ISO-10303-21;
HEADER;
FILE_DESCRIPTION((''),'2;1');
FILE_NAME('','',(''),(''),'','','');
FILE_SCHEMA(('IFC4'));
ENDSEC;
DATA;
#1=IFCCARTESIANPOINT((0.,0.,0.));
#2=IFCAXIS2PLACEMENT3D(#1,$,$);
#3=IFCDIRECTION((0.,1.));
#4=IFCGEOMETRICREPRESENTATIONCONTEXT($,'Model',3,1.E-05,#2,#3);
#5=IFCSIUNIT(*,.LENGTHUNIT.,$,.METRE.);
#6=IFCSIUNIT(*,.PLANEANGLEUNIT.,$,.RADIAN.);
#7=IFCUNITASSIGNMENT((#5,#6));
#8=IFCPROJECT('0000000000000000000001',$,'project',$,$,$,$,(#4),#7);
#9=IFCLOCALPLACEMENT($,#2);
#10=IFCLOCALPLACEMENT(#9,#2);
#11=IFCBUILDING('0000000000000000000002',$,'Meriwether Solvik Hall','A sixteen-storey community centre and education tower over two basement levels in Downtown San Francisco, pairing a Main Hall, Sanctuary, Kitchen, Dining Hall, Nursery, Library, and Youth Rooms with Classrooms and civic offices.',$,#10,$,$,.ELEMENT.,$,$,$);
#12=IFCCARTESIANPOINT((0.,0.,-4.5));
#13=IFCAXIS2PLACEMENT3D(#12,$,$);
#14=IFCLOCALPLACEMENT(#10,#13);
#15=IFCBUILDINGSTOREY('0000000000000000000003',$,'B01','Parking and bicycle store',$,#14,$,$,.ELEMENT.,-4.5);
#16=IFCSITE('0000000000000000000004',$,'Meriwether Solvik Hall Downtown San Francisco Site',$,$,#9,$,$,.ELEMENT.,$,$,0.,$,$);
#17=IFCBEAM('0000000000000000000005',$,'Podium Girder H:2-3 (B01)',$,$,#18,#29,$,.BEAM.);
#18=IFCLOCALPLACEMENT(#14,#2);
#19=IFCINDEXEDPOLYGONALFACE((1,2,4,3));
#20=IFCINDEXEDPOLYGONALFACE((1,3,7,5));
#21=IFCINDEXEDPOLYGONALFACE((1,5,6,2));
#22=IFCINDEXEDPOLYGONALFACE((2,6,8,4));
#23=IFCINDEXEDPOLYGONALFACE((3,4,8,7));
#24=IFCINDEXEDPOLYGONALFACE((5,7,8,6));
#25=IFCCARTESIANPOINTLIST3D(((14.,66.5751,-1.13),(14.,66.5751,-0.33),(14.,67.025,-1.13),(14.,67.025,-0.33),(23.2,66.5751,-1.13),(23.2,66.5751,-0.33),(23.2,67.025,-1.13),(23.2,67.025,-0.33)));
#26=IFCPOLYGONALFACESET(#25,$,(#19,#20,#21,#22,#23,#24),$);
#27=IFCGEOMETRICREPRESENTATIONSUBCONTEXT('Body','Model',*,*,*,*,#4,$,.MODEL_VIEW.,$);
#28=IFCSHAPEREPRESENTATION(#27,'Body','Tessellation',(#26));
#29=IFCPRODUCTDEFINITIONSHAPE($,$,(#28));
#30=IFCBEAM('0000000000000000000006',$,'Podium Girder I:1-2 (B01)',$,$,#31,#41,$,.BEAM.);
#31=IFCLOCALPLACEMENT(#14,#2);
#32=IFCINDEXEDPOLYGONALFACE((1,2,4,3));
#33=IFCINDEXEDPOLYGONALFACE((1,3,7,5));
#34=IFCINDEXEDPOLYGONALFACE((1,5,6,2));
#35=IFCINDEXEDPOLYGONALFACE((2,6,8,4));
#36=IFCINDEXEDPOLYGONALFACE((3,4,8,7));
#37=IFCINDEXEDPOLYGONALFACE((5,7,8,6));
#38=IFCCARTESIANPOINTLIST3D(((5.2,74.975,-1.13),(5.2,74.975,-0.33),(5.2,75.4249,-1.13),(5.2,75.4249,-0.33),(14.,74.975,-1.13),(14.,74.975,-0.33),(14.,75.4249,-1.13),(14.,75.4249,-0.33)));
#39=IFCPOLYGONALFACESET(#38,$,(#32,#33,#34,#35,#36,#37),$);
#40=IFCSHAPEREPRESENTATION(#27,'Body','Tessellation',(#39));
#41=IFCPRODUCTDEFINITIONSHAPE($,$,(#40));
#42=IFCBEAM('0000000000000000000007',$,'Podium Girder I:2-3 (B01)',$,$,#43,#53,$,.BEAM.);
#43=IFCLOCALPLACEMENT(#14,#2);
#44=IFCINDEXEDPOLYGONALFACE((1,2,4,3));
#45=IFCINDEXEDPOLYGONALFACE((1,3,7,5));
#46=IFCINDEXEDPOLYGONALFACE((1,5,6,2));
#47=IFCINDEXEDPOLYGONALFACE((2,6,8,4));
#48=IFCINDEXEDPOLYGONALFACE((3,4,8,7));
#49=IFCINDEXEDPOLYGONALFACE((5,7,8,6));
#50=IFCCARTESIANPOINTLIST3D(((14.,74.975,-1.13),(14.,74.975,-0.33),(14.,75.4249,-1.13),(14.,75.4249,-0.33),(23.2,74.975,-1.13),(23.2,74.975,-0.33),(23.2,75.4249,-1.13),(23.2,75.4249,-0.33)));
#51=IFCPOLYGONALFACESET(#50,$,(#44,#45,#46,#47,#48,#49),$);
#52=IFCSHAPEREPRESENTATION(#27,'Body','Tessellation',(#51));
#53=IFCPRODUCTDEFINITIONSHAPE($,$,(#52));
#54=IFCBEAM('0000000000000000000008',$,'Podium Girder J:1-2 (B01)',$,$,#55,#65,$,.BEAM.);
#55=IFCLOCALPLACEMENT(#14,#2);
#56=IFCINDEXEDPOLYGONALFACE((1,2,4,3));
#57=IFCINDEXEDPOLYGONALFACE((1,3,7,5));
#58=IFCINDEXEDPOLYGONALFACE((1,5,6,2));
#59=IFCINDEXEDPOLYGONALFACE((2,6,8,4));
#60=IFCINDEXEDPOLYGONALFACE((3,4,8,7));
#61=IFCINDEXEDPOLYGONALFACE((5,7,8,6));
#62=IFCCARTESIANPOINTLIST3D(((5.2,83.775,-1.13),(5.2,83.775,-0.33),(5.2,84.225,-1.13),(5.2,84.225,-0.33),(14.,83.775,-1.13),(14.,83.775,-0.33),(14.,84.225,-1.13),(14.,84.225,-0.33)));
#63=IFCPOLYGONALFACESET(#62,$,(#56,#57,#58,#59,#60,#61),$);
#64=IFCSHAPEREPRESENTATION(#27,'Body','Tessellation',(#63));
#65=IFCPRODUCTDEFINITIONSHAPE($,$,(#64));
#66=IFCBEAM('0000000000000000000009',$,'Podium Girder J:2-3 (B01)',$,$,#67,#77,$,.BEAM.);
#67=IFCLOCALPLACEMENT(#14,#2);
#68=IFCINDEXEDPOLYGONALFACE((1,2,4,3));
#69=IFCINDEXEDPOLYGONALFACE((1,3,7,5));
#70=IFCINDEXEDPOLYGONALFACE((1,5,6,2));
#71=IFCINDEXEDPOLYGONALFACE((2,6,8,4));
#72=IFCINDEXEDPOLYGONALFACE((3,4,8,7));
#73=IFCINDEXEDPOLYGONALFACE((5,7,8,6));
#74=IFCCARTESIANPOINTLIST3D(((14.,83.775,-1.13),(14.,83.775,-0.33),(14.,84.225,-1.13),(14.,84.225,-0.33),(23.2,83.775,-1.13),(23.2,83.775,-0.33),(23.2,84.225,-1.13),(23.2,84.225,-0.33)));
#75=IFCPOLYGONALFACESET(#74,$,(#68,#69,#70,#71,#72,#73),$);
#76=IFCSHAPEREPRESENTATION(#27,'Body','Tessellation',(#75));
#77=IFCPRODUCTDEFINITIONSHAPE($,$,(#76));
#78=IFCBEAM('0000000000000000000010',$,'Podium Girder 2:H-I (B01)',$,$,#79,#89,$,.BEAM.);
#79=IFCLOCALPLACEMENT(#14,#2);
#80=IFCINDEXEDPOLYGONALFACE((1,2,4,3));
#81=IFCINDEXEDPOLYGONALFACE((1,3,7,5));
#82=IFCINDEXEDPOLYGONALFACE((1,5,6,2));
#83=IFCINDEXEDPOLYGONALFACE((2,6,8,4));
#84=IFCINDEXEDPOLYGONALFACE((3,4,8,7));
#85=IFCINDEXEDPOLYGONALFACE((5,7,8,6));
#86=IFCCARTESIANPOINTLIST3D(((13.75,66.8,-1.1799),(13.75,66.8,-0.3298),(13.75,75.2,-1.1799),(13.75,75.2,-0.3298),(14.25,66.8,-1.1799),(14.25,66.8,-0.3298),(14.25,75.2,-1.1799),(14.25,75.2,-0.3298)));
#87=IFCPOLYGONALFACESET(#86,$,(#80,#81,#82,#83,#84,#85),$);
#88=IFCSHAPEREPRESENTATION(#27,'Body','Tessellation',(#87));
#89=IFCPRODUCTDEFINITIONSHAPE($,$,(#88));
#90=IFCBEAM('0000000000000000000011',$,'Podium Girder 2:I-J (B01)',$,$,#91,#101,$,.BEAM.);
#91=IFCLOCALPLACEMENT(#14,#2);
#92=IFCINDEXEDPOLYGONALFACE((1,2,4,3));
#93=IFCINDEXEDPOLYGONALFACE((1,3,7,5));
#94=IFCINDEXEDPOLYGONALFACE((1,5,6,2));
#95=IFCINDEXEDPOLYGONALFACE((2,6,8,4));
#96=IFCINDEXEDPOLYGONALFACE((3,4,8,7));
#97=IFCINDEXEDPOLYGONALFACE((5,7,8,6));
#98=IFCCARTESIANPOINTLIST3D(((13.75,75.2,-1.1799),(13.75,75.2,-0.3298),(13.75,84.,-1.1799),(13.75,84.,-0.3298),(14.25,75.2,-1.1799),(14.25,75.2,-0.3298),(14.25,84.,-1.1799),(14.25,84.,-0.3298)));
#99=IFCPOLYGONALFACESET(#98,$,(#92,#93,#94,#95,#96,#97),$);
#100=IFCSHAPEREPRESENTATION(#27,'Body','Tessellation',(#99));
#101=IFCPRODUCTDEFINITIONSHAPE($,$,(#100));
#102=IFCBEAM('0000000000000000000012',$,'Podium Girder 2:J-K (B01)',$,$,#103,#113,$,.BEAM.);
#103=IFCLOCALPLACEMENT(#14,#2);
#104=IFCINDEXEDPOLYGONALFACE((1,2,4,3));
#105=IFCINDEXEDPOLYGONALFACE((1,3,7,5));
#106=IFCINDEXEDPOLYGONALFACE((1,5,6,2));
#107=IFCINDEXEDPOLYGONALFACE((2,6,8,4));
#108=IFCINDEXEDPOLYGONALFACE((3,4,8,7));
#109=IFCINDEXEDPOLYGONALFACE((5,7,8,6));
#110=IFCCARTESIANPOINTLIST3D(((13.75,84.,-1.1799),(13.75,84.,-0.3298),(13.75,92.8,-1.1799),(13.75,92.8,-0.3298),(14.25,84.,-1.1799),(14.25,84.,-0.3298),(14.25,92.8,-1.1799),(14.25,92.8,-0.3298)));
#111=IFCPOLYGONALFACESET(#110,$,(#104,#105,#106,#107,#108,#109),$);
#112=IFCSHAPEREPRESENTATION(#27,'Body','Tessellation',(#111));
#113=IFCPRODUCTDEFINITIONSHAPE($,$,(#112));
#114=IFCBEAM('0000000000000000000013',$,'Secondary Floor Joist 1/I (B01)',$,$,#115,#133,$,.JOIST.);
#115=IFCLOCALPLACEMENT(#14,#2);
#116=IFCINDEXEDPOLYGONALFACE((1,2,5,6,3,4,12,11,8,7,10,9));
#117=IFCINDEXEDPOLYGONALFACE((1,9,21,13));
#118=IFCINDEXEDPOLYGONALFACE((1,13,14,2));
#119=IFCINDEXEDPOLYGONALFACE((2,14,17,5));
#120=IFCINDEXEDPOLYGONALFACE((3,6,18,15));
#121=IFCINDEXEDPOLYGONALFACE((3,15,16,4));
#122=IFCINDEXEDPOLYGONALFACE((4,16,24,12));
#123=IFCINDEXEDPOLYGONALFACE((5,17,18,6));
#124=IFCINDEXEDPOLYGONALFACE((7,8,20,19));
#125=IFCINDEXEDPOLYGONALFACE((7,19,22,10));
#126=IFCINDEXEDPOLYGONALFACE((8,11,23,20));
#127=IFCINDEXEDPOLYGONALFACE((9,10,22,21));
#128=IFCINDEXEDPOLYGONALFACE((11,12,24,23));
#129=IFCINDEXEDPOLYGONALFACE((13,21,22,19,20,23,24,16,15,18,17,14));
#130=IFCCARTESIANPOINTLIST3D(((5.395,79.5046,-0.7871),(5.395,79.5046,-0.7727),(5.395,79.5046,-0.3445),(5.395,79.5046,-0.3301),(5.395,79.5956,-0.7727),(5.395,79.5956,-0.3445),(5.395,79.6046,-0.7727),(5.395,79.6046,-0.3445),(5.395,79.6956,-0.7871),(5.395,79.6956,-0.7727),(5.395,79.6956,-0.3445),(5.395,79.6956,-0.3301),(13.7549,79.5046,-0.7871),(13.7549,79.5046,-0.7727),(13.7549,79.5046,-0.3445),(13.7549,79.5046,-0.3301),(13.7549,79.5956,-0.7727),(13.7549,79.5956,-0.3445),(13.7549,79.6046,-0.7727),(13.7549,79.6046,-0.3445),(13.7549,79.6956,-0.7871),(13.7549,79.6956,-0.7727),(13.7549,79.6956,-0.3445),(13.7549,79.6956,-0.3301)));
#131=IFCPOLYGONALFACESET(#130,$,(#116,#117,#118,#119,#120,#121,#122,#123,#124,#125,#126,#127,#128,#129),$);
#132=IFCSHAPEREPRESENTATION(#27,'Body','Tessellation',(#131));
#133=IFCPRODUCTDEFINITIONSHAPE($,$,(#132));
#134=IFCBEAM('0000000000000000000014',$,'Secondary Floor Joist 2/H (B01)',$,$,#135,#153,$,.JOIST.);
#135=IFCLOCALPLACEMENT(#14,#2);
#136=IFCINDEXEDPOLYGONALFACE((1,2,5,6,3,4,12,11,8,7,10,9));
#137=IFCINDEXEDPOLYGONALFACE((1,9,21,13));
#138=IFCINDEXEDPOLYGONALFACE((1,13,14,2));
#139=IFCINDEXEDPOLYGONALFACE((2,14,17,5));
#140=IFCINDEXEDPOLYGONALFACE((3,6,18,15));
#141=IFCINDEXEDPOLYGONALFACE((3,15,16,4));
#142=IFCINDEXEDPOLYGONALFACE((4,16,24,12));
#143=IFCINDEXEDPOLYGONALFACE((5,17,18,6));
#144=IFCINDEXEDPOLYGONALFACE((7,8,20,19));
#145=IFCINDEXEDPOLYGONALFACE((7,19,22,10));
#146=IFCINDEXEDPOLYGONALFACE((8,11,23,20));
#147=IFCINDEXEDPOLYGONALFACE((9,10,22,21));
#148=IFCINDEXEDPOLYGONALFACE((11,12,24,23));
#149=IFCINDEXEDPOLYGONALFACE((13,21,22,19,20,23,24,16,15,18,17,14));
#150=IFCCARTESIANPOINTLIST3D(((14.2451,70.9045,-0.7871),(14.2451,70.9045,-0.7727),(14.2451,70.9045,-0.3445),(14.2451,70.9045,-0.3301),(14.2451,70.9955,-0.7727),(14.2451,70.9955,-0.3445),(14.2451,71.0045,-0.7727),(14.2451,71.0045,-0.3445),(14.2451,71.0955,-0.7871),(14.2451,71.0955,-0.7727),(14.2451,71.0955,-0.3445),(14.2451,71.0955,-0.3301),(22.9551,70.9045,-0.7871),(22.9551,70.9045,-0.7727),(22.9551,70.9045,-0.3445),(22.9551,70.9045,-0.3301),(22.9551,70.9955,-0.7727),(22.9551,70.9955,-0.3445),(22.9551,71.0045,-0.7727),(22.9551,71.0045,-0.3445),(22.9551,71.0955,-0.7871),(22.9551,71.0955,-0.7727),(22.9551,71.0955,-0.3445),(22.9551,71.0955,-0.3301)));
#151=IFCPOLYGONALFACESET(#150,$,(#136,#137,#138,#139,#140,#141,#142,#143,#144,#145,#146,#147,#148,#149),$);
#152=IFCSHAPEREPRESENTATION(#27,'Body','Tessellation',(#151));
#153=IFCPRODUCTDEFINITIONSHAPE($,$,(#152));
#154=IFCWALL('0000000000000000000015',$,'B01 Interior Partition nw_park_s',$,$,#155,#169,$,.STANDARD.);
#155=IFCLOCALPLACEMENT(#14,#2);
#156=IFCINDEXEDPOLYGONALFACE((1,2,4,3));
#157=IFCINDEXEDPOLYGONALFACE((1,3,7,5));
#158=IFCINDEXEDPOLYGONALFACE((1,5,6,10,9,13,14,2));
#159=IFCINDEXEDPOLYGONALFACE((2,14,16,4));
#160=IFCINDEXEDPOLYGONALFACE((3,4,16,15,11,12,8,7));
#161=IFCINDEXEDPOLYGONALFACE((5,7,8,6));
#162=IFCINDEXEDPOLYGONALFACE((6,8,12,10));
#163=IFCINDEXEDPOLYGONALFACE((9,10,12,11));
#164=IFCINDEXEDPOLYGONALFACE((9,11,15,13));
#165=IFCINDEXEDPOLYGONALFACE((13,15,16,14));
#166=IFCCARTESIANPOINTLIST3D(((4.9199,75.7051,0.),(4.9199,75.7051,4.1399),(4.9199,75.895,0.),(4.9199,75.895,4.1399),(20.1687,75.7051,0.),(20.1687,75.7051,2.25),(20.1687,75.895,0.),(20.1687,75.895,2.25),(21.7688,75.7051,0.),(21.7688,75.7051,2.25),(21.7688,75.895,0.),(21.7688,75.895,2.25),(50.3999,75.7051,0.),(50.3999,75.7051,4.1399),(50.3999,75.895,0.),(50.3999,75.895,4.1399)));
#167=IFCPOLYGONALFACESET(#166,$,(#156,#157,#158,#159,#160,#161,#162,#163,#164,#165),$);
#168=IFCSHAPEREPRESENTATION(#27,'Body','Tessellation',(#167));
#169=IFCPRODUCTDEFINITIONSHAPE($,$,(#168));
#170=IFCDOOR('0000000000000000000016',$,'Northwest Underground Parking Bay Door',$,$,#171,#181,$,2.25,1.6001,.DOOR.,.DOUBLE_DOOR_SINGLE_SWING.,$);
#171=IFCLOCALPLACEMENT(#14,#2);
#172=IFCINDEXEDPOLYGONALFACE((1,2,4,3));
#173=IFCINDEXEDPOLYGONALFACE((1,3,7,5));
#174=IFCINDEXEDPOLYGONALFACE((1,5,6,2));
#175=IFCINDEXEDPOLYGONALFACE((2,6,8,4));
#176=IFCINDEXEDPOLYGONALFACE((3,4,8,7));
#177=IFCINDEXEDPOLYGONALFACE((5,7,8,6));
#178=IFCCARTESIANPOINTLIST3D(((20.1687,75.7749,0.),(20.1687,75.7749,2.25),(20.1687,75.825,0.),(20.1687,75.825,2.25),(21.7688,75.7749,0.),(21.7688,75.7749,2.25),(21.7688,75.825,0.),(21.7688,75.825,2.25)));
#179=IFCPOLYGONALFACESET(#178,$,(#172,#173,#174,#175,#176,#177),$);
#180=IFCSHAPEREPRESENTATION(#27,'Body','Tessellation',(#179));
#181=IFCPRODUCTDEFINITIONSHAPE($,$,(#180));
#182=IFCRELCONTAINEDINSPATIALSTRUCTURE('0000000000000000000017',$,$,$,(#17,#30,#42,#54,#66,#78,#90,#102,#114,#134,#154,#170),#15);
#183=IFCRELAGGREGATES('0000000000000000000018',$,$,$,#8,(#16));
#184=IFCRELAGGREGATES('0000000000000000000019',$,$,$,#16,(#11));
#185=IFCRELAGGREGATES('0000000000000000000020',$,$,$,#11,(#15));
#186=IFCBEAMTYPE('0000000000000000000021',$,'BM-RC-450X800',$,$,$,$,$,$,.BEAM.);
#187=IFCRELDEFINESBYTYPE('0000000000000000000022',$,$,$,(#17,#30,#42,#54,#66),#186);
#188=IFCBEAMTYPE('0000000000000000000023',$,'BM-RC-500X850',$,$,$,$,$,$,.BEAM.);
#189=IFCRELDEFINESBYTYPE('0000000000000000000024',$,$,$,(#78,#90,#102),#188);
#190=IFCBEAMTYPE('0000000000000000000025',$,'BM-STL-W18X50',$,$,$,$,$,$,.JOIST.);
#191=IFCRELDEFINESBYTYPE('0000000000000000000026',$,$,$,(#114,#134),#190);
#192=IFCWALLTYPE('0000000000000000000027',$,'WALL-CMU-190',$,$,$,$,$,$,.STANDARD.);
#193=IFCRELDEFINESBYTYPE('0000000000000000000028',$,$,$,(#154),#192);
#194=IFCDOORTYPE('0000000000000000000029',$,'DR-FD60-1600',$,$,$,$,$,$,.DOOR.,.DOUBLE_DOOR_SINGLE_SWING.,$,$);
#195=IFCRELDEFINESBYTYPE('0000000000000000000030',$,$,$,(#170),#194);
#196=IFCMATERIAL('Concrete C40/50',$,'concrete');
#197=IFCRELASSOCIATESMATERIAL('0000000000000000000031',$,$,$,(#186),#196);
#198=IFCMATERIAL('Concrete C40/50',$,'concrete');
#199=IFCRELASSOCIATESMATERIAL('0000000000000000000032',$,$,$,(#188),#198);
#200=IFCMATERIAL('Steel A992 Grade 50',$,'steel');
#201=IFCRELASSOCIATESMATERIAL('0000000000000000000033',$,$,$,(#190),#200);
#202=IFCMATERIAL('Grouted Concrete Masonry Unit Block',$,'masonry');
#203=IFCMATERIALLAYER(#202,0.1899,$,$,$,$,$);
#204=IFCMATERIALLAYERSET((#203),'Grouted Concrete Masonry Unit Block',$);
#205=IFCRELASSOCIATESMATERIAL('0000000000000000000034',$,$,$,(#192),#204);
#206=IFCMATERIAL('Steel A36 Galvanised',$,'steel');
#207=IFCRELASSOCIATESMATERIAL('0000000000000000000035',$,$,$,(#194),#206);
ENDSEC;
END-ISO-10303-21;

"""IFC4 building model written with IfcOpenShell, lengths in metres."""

from ifc_helpers import new_model, si_unit, direction, frame, frame_2d, origin, origin_2d, place, context, subcontext, project, spatial, rectangle, i_section, extrude, material, layer, layer_set, material_profile, profile_set, type_object, element, fill, save


model = new_model("IFC4")

# Units and contexts
model_context = context("Model", 3, precision=1e-05, world=origin(), true_north=direction((0.0, 1.0)))
body_context = subcontext(model_context, "Body", "Model", "MODEL_VIEW")
ifc_project = project(units=[si_unit("LENGTHUNIT", "METRE"), si_unit("PLANEANGLEUNIT", "RADIAN")], contexts=[model_context])

# Site, building, storey
site_placement = place(None, origin())
site = spatial("IfcSite", under=ifc_project, at=site_placement, Name="Meriwether Solvik Hall Downtown San Francisco Site", CompositionType="ELEMENT", RefElevation=0.0)
building_placement = place(site_placement, origin())
building = spatial("IfcBuilding", under=site, at=building_placement, Name="Meriwether Solvik Hall", Description="A sixteen-storey community centre and education tower over two basement levels in Downtown San Francisco, pairing a Main Hall, Sanctuary, Kitchen, Dining Hall, Nursery, Library, and Youth Rooms with Classrooms and civic offices.", CompositionType="ELEMENT")
storey_placement = place(building_placement, frame((0.0, 0.0, -4.5)))
storey = spatial("IfcBuildingStorey", under=building, at=storey_placement, Name="B01", Description="Parking and bicycle store", CompositionType="ELEMENT", Elevation=-4.5)

# Beams
ifc_material_1 = material(Name="Concrete C40/50", Category="concrete")
ifc_material_profile_1 = material_profile(ifc_material_1, rectangle(XDim=0.45, YDim=0.8, at=origin_2d()), Name="RCB-450X800")
ifc_profile_set_1 = profile_set([ifc_material_profile_1], Name="Concrete C40/50")
beam_type_1 = type_object("IfcBeamType", Name="BM-RC-450X800", PredefinedType="BEAM", material=ifc_profile_set_1)
beam_1_placement = place(storey_placement, frame((14.0, 66.8, -0.73), z_axis=(1.0, 0.0, 0.0), x_axis=(0.0, 1.0, 0.0)))
element("IfcBeam", 1, at=beam_1_placement, inside=storey, type_object=beam_type_1, Name="Podium Girder H:2-3 (B01)", PredefinedType="BEAM", context=body_context, shape_type="SweptSolid", body=[
    extrude(rectangle(XDim=0.45, YDim=0.8, at=origin_2d()), origin(), (0.0, 0.0, 1.0), 9.2),
])
beam_2_placement = place(storey_placement, frame((5.2, 75.2, -0.73), z_axis=(1.0, 0.0, 0.0), x_axis=(0.0, 1.0, 0.0)))
element("IfcBeam", 2, at=beam_2_placement, inside=storey, type_object=beam_type_1, Name="Podium Girder I:1-2 (B01)", PredefinedType="BEAM", context=body_context, shape_type="SweptSolid", body=[
    extrude(rectangle(XDim=0.45, YDim=0.8, at=origin_2d()), origin(), (0.0, 0.0, 1.0), 8.8),
])
beam_3_placement = place(storey_placement, frame((14.0, 75.2, -0.73), z_axis=(1.0, 0.0, 0.0), x_axis=(0.0, 1.0, 0.0)))
element("IfcBeam", 3, at=beam_3_placement, inside=storey, type_object=beam_type_1, Name="Podium Girder I:2-3 (B01)", PredefinedType="BEAM", context=body_context, shape_type="SweptSolid", body=[
    extrude(rectangle(XDim=0.45, YDim=0.8, at=origin_2d()), origin(), (0.0, 0.0, 1.0), 9.2),
])
beam_4_placement = place(storey_placement, frame((5.2, 84.0, -0.73), z_axis=(1.0, 0.0, 0.0), x_axis=(0.0, 1.0, 0.0)))
element("IfcBeam", 4, at=beam_4_placement, inside=storey, type_object=beam_type_1, Name="Podium Girder J:1-2 (B01)", PredefinedType="BEAM", context=body_context, shape_type="SweptSolid", body=[
    extrude(rectangle(XDim=0.45, YDim=0.8, at=origin_2d()), origin(), (0.0, 0.0, 1.0), 8.8),
])
beam_5_placement = place(storey_placement, frame((14.0, 84.0, -0.73), z_axis=(1.0, 0.0, 0.0), x_axis=(0.0, 1.0, 0.0)))
element("IfcBeam", 5, at=beam_5_placement, inside=storey, type_object=beam_type_1, Name="Podium Girder J:2-3 (B01)", PredefinedType="BEAM", context=body_context, shape_type="SweptSolid", body=[
    extrude(rectangle(XDim=0.45, YDim=0.8, at=origin_2d()), origin(), (0.0, 0.0, 1.0), 9.2),
])
ifc_material_2 = material(Name="Concrete C40/50", Category="concrete")
ifc_material_profile_2 = material_profile(ifc_material_2, rectangle(XDim=0.5, YDim=0.8501, at=origin_2d()), Name="RCB-500X850")
ifc_profile_set_2 = profile_set([ifc_material_profile_2], Name="Concrete C40/50")
beam_type_2 = type_object("IfcBeamType", Name="BM-RC-500X850", PredefinedType="BEAM", material=ifc_profile_set_2)
beam_6_placement = place(storey_placement, frame((14.0, 66.8, -0.7549), z_axis=(0.0, 1.0, 0.0), x_axis=(-1.0, 0.0, 0.0)))
element("IfcBeam", 6, at=beam_6_placement, inside=storey, type_object=beam_type_2, Name="Podium Girder 2:H-I (B01)", PredefinedType="BEAM", context=body_context, shape_type="SweptSolid", body=[
    extrude(rectangle(XDim=0.5, YDim=0.8501, at=origin_2d()), origin(), (0.0, 0.0, 1.0), 8.3999),
])
for number, where, z_axis, x_axis, name in (
    (7, (14.0, 75.2, -0.7549), (0.0, 1.0, 0.0), (-1.0, 0.0, 0.0), "Podium Girder 2:I-J (B01)"),
    (8, (14.0, 84.0, -0.7549), (0.0, 1.0, 0.0), (-1.0, 0.0, 0.0), "Podium Girder 2:J-K (B01)"),
):
    element("IfcBeam", number, at=place(storey_placement, frame(where, z_axis=z_axis, x_axis=x_axis)), inside=storey, type_object=beam_type_2, Name=name, PredefinedType="BEAM", context=body_context, shape_type="SweptSolid", body=[
        extrude(rectangle(XDim=0.5, YDim=0.8501, at=origin_2d()), origin(), (0.0, 0.0, 1.0), 8.8),
    ])
ifc_material_3 = material(Name="Steel A992 Grade 50", Category="steel")
ifc_material_profile_3 = material_profile(ifc_material_3, i_section(OverallWidth=0.1909, OverallDepth=0.457, WebThickness=0.009, FlangeThickness=0.0144, at=origin_2d()), Name="W18X50")
ifc_profile_set_3 = profile_set([ifc_material_profile_3], Name="Steel A992 Grade 50")
beam_type_3 = type_object("IfcBeamType", Name="BM-STL-W18X50", PredefinedType="JOIST", material=ifc_profile_set_3)
beam_7_placement = place(storey_placement, frame((5.395, 79.6001, -0.5586), z_axis=(1.0, 0.0, 0.0), x_axis=(0.0, 1.0, 0.0)))
element("IfcBeam", 9, at=beam_7_placement, inside=storey, type_object=beam_type_3, Name="Secondary Floor Joist 1/I (B01)", PredefinedType="JOIST", context=body_context, shape_type="SweptSolid", body=[
    extrude(i_section(OverallWidth=0.1909, OverallDepth=0.457, WebThickness=0.009, FlangeThickness=0.0144, at=origin_2d()), origin(), (0.0, 0.0, 1.0), 8.3599),
])
beam_8_placement = place(storey_placement, frame((14.2451, 71.0, -0.5586), z_axis=(1.0, 0.0, 0.0), x_axis=(0.0, 1.0, 0.0)))
element("IfcBeam", 10, at=beam_8_placement, inside=storey, type_object=beam_type_3, Name="Secondary Floor Joist 2/H (B01)", PredefinedType="JOIST", context=body_context, shape_type="SweptSolid", body=[
    extrude(i_section(OverallWidth=0.1909, OverallDepth=0.457, WebThickness=0.009, FlangeThickness=0.0144, at=origin_2d()), origin(), (0.0, 0.0, 1.0), 8.71),
])

# Wall, opening, door
ifc_material_4 = material(Name="Grouted Concrete Masonry Unit Block", Category="masonry")
ifc_layer_1 = layer(ifc_material_4, 0.1899)
ifc_layer_set_1 = layer_set([ifc_layer_1], Name="Grouted Concrete Masonry Unit Block")
wall_type_1 = type_object("IfcWallType", Name="WALL-CMU-190", PredefinedType="STANDARD", material=ifc_layer_set_1)
wall_1_placement = place(storey_placement, frame((4.9199, 75.8, 0.0), z_axis=(0.0, 0.0, 1.0), x_axis=(1.0, 0.0, 0.0)))
wall_1 = element("IfcWall", 11, at=wall_1_placement, inside=storey, type_object=wall_type_1, Name="B01 Interior Partition nw_park_s", PredefinedType="STANDARD", context=body_context, shape_type="SweptSolid", body=[
    extrude(rectangle(XDim=45.48, YDim=0.1899, at=frame_2d((22.74, 0.0))), origin(), (0.0, 0.0, 1.0), 4.1399),
])
opening_1_placement = place(wall_1_placement, frame((15.2488, 0.0, 0.0)))
opening_1 = element("IfcOpeningElement", 12, at=opening_1_placement, cuts=wall_1, PredefinedType="OPENING", context=body_context, shape_type="SweptSolid", body=[
    extrude(rectangle(XDim=1.6001, YDim=2.25, at=frame_2d((0.8, 1.125))), frame((0.0, 0.1069, 0.0), z_axis=(0.0, -1.0, 0.0), x_axis=(1.0, 0.0, 0.0)), (0.0, 0.0, 1.0), 0.2139),
])
ifc_material_5 = material(Name="Steel A36 Galvanised", Category="steel")
door_type_1 = type_object("IfcDoorType", Name="DR-FD60-1600", OperationType="DOUBLE_DOOR_SINGLE_SWING", PredefinedType="DOOR", material=ifc_material_5)
door_1_placement = place(opening_1_placement, origin())
door_1 = element("IfcDoor", 13, at=door_1_placement, inside=storey, type_object=door_type_1, Name="Northwest Underground Parking Bay Door", OperationType="DOUBLE_DOOR_SINGLE_SWING", OverallHeight=2.25, OverallWidth=1.6001, PredefinedType="DOOR", context=body_context, shape_type="SweptSolid", body=[
    extrude(rectangle(XDim=1.6001, YDim=2.25, at=frame_2d((0.8, 1.125))), frame((0.0, 0.0249, 0.0), z_axis=(0.0, -1.0, 0.0), x_axis=(1.0, 0.0, 0.0)), (0.0, 0.0, 1.0), 0.05),
])
fill(opening_1, door_1)

save(model, "model.ifc")
